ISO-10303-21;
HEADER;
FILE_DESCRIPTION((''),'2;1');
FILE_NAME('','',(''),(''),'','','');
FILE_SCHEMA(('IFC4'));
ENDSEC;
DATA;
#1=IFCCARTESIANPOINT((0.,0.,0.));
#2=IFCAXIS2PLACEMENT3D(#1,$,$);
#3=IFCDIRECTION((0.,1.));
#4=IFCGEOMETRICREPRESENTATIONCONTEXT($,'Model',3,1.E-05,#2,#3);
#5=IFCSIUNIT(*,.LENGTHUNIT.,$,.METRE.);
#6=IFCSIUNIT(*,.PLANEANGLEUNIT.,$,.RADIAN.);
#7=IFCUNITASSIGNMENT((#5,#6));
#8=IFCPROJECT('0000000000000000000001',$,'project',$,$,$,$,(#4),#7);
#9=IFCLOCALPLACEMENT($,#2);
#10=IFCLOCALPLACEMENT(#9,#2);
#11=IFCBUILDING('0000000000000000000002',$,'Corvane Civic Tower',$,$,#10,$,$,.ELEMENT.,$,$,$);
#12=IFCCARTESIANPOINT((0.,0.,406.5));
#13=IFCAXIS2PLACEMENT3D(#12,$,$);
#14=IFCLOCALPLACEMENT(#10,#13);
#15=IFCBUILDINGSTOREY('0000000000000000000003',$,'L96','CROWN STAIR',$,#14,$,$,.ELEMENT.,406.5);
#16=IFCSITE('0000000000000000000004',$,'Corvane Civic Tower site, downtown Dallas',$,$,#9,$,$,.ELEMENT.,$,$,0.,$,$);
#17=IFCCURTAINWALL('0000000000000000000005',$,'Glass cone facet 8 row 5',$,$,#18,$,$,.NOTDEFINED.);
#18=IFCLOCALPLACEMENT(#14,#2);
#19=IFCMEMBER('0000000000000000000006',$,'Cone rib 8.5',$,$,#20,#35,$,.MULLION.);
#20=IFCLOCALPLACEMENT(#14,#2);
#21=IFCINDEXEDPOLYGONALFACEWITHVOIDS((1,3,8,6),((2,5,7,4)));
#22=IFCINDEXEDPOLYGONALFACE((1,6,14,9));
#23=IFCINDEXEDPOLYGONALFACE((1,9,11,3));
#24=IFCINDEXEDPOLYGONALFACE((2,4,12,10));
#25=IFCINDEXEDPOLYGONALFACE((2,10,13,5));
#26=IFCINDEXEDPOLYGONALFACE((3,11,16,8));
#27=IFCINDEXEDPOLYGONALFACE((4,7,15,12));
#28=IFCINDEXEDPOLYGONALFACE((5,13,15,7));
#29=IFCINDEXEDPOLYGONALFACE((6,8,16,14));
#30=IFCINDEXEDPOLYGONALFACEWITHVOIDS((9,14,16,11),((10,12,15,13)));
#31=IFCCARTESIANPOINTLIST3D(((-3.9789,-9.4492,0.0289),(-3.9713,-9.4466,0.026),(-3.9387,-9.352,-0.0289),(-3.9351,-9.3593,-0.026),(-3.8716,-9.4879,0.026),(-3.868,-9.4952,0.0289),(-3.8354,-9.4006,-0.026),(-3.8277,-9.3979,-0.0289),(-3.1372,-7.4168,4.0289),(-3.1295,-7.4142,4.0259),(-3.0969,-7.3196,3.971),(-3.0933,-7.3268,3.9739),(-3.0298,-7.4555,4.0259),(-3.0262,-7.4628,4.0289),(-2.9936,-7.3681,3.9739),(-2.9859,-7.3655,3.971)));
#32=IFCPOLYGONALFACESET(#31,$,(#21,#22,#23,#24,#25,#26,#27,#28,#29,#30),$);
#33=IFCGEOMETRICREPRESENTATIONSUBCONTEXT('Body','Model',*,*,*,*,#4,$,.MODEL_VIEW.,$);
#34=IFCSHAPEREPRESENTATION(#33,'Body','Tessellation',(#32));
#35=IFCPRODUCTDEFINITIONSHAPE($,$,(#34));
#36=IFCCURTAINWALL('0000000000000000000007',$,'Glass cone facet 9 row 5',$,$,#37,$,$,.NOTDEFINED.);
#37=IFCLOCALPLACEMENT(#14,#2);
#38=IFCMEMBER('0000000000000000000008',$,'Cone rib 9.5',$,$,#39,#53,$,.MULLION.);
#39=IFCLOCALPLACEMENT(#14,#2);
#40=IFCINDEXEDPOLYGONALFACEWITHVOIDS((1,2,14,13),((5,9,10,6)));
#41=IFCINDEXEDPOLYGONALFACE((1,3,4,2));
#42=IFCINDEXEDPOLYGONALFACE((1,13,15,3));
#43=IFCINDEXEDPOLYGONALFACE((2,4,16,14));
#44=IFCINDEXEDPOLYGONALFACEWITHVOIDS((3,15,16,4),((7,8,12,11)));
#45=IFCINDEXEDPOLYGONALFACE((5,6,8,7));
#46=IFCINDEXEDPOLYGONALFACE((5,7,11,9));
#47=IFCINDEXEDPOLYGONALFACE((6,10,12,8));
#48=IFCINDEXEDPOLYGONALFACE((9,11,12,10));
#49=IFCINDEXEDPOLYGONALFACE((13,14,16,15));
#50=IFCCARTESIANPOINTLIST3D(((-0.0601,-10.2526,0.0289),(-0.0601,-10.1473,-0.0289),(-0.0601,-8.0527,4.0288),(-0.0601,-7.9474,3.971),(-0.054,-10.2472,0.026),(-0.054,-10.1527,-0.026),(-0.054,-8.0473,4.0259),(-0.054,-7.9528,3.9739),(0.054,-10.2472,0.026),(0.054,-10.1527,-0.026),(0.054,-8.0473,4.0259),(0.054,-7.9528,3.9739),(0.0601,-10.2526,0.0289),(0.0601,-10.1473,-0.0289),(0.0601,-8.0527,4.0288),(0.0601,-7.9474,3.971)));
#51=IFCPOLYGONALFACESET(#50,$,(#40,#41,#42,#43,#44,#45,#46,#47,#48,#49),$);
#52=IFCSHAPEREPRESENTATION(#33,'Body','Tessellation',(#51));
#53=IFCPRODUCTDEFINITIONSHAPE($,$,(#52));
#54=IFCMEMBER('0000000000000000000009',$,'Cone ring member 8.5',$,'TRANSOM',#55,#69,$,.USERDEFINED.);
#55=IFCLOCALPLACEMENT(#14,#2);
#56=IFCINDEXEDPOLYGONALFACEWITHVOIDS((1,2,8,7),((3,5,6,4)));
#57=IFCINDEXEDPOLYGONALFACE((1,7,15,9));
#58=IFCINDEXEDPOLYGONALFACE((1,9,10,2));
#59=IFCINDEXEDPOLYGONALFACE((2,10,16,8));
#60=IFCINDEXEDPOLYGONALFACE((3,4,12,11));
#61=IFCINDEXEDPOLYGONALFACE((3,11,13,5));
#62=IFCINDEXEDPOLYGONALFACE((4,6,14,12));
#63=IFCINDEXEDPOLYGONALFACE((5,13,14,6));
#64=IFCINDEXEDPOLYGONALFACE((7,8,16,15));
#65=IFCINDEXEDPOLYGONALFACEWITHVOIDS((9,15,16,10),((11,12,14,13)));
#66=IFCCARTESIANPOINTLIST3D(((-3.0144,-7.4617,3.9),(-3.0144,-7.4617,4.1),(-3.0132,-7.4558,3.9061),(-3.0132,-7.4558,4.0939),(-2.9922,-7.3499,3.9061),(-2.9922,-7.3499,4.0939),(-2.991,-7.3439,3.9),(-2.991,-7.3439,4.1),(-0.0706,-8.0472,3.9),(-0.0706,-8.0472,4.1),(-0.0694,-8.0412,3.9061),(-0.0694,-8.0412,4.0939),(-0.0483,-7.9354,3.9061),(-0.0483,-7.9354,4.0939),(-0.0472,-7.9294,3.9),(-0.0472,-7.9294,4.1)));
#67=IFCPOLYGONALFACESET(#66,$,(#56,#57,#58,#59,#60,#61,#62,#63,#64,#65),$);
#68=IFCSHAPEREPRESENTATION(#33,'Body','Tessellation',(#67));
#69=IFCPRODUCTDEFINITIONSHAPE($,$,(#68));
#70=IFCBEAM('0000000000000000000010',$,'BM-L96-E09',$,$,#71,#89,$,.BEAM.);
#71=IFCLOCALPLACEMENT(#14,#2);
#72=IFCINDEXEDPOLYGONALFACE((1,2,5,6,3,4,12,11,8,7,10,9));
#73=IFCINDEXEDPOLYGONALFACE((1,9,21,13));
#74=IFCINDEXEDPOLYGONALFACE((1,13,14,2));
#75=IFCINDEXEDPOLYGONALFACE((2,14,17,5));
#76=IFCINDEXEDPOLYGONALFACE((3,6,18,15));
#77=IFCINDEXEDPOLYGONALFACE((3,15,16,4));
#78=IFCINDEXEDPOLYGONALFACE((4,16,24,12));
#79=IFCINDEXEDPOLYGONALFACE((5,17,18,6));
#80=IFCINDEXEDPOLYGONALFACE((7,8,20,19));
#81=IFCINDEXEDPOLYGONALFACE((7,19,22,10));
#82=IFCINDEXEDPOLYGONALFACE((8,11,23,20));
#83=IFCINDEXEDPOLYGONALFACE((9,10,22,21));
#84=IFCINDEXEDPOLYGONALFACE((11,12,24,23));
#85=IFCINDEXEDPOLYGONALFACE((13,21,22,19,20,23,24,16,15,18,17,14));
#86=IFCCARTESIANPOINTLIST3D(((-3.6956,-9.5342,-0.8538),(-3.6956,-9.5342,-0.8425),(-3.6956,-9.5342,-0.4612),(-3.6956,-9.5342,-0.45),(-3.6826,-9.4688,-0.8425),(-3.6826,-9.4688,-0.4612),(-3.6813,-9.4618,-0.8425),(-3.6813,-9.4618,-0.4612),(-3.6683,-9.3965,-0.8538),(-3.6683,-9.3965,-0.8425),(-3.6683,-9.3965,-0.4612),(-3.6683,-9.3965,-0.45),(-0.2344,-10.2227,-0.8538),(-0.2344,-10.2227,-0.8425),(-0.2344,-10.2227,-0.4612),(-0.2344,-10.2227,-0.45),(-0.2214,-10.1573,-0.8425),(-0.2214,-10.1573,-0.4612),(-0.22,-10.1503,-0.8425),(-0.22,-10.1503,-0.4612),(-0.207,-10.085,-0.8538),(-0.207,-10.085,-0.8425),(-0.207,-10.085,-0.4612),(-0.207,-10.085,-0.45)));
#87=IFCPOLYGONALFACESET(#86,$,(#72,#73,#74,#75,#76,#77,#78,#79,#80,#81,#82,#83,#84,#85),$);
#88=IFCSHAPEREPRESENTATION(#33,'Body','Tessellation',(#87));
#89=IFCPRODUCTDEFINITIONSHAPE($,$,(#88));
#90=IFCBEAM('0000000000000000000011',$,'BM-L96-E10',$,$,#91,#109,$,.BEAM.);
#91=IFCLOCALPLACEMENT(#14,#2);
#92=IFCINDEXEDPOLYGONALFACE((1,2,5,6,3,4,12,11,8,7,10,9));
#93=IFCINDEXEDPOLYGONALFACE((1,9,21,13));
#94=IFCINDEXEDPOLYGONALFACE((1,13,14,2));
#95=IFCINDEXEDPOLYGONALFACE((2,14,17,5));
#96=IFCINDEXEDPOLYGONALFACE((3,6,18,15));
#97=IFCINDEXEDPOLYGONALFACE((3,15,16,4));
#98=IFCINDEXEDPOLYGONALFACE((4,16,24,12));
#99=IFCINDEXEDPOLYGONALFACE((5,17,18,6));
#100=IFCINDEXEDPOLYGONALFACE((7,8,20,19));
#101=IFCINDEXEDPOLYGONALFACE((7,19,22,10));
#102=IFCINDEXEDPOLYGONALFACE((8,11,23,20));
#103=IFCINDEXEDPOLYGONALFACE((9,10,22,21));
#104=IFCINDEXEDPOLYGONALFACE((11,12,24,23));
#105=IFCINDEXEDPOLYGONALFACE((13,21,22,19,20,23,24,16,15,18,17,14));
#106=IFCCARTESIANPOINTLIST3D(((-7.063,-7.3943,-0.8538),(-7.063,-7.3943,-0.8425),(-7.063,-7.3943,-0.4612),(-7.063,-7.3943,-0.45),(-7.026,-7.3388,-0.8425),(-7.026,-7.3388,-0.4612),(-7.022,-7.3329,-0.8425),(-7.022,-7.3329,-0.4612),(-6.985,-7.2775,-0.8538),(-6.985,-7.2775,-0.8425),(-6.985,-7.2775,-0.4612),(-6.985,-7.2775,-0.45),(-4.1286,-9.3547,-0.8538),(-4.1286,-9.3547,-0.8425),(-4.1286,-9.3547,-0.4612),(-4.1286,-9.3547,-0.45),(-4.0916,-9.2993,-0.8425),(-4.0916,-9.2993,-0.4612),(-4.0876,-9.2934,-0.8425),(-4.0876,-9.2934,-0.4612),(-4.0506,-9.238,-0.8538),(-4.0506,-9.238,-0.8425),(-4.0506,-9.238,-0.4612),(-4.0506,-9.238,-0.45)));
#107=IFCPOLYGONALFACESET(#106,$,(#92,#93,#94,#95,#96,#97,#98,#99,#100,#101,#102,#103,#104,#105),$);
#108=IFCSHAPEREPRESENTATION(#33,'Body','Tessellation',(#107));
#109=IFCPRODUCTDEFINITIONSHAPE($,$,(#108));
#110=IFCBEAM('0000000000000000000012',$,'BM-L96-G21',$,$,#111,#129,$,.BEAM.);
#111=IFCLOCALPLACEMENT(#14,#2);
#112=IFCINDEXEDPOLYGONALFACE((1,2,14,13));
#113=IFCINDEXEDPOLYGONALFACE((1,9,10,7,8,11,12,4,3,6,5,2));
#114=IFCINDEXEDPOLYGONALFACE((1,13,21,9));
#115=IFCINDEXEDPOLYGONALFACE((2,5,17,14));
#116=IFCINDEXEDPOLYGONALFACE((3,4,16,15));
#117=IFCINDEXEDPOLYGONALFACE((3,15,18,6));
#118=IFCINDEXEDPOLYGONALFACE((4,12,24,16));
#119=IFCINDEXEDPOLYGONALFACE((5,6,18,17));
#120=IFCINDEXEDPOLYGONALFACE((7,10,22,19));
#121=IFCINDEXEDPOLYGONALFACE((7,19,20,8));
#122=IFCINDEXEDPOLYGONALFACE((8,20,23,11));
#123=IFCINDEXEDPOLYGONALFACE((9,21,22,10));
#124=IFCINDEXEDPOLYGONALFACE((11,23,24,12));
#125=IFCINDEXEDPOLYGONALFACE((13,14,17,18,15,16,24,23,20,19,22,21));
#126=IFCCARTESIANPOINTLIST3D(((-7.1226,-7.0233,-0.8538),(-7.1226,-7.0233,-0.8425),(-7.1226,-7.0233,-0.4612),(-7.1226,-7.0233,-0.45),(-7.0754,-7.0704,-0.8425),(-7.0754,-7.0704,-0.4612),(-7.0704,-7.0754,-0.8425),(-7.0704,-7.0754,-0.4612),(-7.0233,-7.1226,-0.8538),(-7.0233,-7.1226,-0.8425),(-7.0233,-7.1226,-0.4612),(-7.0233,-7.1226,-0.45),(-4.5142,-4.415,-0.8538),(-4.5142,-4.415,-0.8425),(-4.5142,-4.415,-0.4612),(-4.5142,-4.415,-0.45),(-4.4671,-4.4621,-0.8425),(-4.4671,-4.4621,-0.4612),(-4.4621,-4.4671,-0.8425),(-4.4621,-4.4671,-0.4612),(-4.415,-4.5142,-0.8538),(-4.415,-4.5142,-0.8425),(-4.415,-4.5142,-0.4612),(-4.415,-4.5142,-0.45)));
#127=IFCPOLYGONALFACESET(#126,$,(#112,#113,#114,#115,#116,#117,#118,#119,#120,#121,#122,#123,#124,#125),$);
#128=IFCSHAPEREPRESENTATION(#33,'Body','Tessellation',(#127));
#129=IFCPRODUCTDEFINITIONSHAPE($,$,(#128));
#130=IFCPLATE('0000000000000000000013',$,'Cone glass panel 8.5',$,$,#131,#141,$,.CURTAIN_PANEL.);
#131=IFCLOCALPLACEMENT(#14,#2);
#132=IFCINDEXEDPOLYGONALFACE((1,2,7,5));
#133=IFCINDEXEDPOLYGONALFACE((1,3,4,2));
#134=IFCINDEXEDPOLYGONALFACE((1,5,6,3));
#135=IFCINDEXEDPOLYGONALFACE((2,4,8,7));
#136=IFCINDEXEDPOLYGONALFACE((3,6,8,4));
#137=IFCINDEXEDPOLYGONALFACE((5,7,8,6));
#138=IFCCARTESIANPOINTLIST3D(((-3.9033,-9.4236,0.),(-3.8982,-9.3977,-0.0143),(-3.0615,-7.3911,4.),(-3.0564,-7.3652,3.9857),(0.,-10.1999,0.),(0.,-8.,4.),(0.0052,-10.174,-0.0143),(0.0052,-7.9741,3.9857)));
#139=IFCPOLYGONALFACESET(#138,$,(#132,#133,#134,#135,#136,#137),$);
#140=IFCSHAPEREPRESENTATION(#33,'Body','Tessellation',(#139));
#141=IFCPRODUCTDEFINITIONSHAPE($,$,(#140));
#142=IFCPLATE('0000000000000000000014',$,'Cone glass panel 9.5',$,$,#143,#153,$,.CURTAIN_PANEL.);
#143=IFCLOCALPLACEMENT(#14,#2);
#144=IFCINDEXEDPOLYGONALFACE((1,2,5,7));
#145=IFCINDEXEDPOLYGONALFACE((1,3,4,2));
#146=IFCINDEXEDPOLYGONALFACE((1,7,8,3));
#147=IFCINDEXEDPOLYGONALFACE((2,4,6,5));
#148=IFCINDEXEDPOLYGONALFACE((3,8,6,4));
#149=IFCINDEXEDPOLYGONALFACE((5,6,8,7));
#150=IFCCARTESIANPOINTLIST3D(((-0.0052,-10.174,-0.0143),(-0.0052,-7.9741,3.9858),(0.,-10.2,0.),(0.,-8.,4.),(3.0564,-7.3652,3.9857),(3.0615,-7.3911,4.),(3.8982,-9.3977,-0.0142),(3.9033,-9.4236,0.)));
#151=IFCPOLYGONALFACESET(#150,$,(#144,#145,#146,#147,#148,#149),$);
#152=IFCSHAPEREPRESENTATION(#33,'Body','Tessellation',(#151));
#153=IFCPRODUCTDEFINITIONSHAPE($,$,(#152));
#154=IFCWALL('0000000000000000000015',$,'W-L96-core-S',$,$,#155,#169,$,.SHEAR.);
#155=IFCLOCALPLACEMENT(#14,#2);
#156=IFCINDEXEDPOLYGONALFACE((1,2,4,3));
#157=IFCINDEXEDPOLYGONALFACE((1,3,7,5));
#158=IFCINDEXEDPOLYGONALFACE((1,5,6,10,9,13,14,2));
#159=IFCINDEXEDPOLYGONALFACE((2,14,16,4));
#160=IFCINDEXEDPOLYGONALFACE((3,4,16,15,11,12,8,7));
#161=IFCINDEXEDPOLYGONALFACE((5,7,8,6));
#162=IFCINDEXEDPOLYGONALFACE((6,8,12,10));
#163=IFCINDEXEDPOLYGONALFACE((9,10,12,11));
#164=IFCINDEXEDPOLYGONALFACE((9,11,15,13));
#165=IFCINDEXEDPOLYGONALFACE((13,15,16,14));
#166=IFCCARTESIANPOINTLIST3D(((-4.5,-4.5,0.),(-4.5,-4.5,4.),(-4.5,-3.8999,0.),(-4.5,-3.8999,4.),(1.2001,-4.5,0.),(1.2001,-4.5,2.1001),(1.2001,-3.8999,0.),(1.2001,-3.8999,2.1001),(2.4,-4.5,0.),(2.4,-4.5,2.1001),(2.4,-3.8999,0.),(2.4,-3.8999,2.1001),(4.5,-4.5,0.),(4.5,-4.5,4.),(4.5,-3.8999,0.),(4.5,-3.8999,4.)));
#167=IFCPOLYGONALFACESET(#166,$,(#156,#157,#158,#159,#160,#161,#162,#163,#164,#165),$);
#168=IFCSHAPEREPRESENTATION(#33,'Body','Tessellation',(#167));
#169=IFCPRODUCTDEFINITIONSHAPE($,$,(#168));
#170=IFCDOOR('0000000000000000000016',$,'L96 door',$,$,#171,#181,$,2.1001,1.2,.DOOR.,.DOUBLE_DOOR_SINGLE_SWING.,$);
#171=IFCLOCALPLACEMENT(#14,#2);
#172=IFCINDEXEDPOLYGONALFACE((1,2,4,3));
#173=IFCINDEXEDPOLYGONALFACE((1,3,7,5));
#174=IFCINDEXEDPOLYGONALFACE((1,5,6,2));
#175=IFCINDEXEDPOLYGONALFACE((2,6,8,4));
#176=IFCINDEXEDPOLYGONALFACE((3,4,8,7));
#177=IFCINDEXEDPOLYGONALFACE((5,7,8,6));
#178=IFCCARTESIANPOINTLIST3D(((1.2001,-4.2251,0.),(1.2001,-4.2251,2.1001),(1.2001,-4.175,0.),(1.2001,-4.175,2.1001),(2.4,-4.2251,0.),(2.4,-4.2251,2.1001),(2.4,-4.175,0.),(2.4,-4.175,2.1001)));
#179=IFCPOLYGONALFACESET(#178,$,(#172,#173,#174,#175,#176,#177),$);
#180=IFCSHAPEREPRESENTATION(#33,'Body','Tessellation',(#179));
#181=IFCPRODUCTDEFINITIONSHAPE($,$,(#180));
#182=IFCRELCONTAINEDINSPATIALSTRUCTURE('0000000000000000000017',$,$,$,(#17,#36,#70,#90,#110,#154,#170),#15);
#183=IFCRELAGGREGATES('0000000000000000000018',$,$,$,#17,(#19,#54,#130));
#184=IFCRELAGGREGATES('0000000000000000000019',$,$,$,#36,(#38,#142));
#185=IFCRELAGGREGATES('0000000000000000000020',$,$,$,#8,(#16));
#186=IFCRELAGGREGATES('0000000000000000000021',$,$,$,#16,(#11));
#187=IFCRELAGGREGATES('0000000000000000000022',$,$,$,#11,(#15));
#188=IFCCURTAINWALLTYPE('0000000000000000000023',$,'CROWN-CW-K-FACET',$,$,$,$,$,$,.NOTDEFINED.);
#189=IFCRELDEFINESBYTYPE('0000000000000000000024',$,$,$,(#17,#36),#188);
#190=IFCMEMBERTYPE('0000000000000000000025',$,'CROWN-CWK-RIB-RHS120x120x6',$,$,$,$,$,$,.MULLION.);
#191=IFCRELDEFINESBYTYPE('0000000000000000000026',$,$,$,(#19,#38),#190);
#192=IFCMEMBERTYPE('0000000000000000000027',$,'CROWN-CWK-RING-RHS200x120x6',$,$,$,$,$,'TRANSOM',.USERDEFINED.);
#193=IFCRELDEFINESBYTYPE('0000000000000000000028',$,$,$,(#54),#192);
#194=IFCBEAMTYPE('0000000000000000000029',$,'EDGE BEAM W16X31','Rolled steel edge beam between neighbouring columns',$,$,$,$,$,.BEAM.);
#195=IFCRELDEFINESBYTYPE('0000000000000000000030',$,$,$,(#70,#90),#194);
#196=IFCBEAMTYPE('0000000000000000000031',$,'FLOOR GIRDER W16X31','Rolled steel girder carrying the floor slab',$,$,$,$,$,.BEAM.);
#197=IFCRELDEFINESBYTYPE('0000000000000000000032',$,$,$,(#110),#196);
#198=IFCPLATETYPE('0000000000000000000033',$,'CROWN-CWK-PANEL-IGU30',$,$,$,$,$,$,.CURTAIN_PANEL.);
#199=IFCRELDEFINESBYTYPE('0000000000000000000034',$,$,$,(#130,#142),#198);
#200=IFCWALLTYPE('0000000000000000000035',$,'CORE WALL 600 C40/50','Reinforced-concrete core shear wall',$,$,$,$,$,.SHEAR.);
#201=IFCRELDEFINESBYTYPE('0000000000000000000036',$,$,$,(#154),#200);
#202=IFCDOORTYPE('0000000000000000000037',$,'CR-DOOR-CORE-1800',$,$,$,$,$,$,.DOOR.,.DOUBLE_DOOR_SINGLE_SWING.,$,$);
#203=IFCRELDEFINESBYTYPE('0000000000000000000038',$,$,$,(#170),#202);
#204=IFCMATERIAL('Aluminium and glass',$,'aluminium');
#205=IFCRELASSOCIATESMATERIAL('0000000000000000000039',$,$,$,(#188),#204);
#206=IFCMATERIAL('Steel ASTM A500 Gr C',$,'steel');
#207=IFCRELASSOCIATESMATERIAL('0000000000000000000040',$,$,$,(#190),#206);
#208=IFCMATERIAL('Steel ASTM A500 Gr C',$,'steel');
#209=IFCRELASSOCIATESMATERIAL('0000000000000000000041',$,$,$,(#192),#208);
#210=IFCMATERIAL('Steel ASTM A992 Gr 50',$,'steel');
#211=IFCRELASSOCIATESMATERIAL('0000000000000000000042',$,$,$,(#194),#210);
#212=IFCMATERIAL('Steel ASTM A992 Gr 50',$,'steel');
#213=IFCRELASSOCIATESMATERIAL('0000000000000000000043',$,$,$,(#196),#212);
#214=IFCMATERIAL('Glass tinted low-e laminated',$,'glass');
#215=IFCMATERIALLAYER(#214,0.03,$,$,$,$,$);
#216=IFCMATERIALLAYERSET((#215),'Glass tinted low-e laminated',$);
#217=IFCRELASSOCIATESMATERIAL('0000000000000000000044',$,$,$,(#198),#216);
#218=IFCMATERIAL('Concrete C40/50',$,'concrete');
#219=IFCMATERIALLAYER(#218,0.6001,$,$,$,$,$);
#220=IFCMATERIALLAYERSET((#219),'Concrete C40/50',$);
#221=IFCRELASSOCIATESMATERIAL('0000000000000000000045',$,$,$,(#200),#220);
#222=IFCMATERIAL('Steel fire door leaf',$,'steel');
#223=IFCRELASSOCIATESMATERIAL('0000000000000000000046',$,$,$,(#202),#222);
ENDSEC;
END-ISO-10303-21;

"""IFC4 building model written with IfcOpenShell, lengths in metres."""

from ifc_helpers import new_model, si_unit, direction, frame, frame_2d, origin, origin_2d, place, context, subcontext, project, spatial, polyline, rectangle, hollow_rectangle, i_section, outline, extrude, material, layer, layer_set, material_profile, profile_set, type_object, element, fill, aggregate, save


model = new_model("IFC4")

# Units and contexts
model_context = context("Model", 3, precision=1e-05, world=origin(), true_north=direction((0.0, 1.0)))
body_context = subcontext(model_context, "Body", "Model", "MODEL_VIEW")
ifc_project = project(units=[si_unit("LENGTHUNIT", "METRE"), si_unit("PLANEANGLEUNIT", "RADIAN")], contexts=[model_context])

# Site, building, storey
site_placement = place(None, origin())
site = spatial("IfcSite", under=ifc_project, at=site_placement, Name="Corvane Civic Tower site, downtown Dallas", CompositionType="ELEMENT", RefElevation=0.0)
building_placement = place(site_placement, origin())
building = spatial("IfcBuilding", under=site, at=building_placement, Name="Corvane Civic Tower", CompositionType="ELEMENT")
storey_placement = place(building_placement, frame((0.0, 0.0, 406.5)))
storey = spatial("IfcBuildingStorey", under=building, at=storey_placement, Name="L96", Description="CROWN STAIR", CompositionType="ELEMENT", Elevation=406.5)

# Shared definitions
ifc_material_1 = material(Name="Aluminium and glass", Category="aluminium")
curtain_wall_type = type_object("IfcCurtainWallType", Name="CROWN-CW-K-FACET", PredefinedType="NOTDEFINED", material=ifc_material_1)

# Curtain wall, member
curtain_wall_1_placement = place(storey_placement, origin())
curtain_wall_1 = element("IfcCurtainWall", 1, at=curtain_wall_1_placement, inside=storey, type_object=curtain_wall_type, Name="Glass cone facet 8 row 5", PredefinedType="NOTDEFINED")
ifc_material_2 = material(Name="Steel ASTM A500 Gr C", Category="steel")
ifc_material_profile_1 = material_profile(ifc_material_2, hollow_rectangle(XDim=0.1201, YDim=0.1201, WallThickness=0.0061, at=origin_2d()), Name="RHS 120x120x6")
ifc_profile_set_1 = profile_set([ifc_material_profile_1], Name="Steel ASTM A500 Gr C")
member_type_1 = type_object("IfcMemberType", Name="CROWN-CWK-RIB-RHS120x120x6", PredefinedType="MULLION", material=ifc_profile_set_1)
member_1_placement = place(storey_placement, frame((-3.9033, -9.4236, 0.0), z_axis=(0.184401, 0.445226, 0.876225), x_axis=(-0.923892, 0.382652, 0.0)))
member_1 = element("IfcMember", 2, at=member_1_placement, type_object=member_type_1, Name="Cone rib 8.5", PredefinedType="MULLION", context=body_context, shape_type="SweptSolid", body=[
    extrude(hollow_rectangle(XDim=0.1201, YDim=0.1201, WallThickness=0.0061, at=origin_2d()), origin(), (0.0, 0.0, 1.0), 4.5649),
])

# Curtain wall, member
curtain_wall_2_placement = place(storey_placement, origin())
curtain_wall_2 = element("IfcCurtainWall", 3, at=curtain_wall_2_placement, inside=storey, type_object=curtain_wall_type, Name="Glass cone facet 9 row 5", PredefinedType="NOTDEFINED")
member_2_placement = place(storey_placement, frame((0.0, -10.2, 0.0), z_axis=(0.0, 0.481911, 0.87622), x_axis=(-1.0, 0.0, 0.0)))
member_2 = element("IfcMember", 4, at=member_2_placement, type_object=member_type_1, Name="Cone rib 9.5", PredefinedType="MULLION", context=body_context, shape_type="SweptSolid", body=[
    extrude(hollow_rectangle(XDim=0.1201, YDim=0.1201, WallThickness=0.0061, at=origin_2d()), origin(), (0.0, 0.0, 1.0), 4.5649),
])

# Member
ifc_material_3 = material(Name="Steel ASTM A500 Gr C", Category="steel")
ifc_material_profile_2 = material_profile(ifc_material_3, hollow_rectangle(XDim=0.1201, YDim=0.2, WallThickness=0.0061, at=origin_2d()), Name="RHS 200x120x6")
ifc_profile_set_2 = profile_set([ifc_material_profile_2], Name="Steel ASTM A500 Gr C")
member_type_2 = type_object("IfcMemberType", Name="CROWN-CWK-RING-RHS200x120x6", ElementType="TRANSOM", PredefinedType="USERDEFINED", material=ifc_profile_set_2)
member_3_placement = place(storey_placement, frame((-3.0027, -7.4028, 4.0), z_axis=(0.980793, -0.195052, 0.0), x_axis=(0.195052, 0.980793, 0.0)))
member_3 = element("IfcMember", 5, at=member_3_placement, type_object=member_type_2, Name="Cone ring member 8.5", ObjectType="TRANSOM", PredefinedType="USERDEFINED", context=body_context, shape_type="SweptSolid", body=[
    extrude(hollow_rectangle(XDim=0.1201, YDim=0.2, WallThickness=0.0061, at=origin_2d()), origin(), (0.0, 0.0, 1.0), 3.0015),
])

# Beams
ifc_material_4 = material(Name="Steel ASTM A992 Gr 50", Category="steel")
ifc_material_profile_3 = material_profile(ifc_material_4, i_section(OverallWidth=0.1404, OverallDepth=0.4038, WebThickness=0.0071, FlangeThickness=0.0112, at=origin_2d()), Name="W16X31")
ifc_profile_set_3 = profile_set([ifc_material_profile_3], Name="Steel ASTM A992 Gr 50")
beam_type_1 = type_object("IfcBeamType", Name="EDGE BEAM W16X31", Description="Rolled steel edge beam between neighbouring columns", PredefinedType="BEAM", material=ifc_profile_set_3)
for number, where, z_axis, x_axis, name in (
    (6, (-0.2207, -10.1538, -0.6519), (-0.980785, 0.195092, 0.0), (-0.195092, -0.980785, 0.0), "BM-L96-E09"),
    (7, (-4.0896, -9.2964, -0.6519), (-0.831496, 0.55553, 0.0), (-0.55553, -0.831496, 0.0), "BM-L96-E10"),
):
    element("IfcBeam", number, at=place(storey_placement, frame(where, z_axis=z_axis, x_axis=x_axis)), inside=storey, type_object=beam_type_1, Name=name, PredefinedType="BEAM", context=body_context, shape_type="SweptSolid", body=[
        extrude(i_section(OverallWidth=0.1404, OverallDepth=0.4038, WebThickness=0.0071, FlangeThickness=0.0112, at=origin_2d()), origin(), (0.0, 0.0, 1.0), 3.5291),
    ])
ifc_material_5 = material(Name="Steel ASTM A992 Gr 50", Category="steel")
ifc_material_profile_4 = material_profile(ifc_material_5, i_section(OverallWidth=0.1404, OverallDepth=0.4038, WebThickness=0.0071, FlangeThickness=0.0112, at=origin_2d()), Name="W16X31")
ifc_profile_set_4 = profile_set([ifc_material_profile_4], Name="Steel ASTM A992 Gr 50")
beam_type_2 = type_object("IfcBeamType", Name="FLOOR GIRDER W16X31", Description="Rolled steel girder carrying the floor slab", PredefinedType="BEAM", material=ifc_profile_set_4)
beam_1_placement = place(storey_placement, frame((-4.4646, -4.4646, -0.6519), z_axis=(-0.707107, -0.707107, 0.0), x_axis=(0.707107, -0.707107, 0.0)))
element("IfcBeam", 8, at=beam_1_placement, inside=storey, type_object=beam_type_2, Name="BM-L96-G21", PredefinedType="BEAM", context=body_context, shape_type="SweptSolid", body=[
    extrude(i_section(OverallWidth=0.1404, OverallDepth=0.4038, WebThickness=0.0071, FlangeThickness=0.0112, at=origin_2d()), origin(), (0.0, 0.0, 1.0), 3.6887),
])

# Plates
ifc_material_6 = material(Name="Glass tinted low-e laminated", Category="glass")
ifc_layer_1 = layer(ifc_material_6, 0.03)
ifc_layer_set_1 = layer_set([ifc_layer_1], Name="Glass tinted low-e laminated")
plate_type = type_object("IfcPlateType", Name="CROWN-CWK-PANEL-IGU30", PredefinedType="CURTAIN_PANEL", material=ifc_layer_set_1)
plate_1_placement = place(storey_placement, frame((-3.9033, -9.4236, 0.0), z_axis=(-0.171686, -0.863212, 0.474751), x_axis=(0.980789, -0.195073, -0.000003)))
plate_1 = element("IfcPlate", 9, at=plate_1_placement, type_object=plate_type, Name="Cone glass panel 8.5", PredefinedType="CURTAIN_PANEL", context=body_context, shape_type="SweptSolid", body=[
    extrude(outline(polyline([(0.0, 0.0), (3.9798, 0.0), (3.5506, 4.5448), (0.4291, 4.5448), (0.0, 0.0)])), origin(), (0.0, 0.0, -1.0), 0.03),
])
aggregate(curtain_wall_1, [member_1, member_3, plate_1])
plate_2_placement = place(storey_placement, frame((0.0, -10.2, 0.0), z_axis=(0.171686, -0.863212, 0.474751), x_axis=(0.980789, 0.195073, 0.000003)))
plate_2 = element("IfcPlate", 10, at=plate_2_placement, type_object=plate_type, Name="Cone glass panel 9.5", PredefinedType="CURTAIN_PANEL", context=body_context, shape_type="SweptSolid", body=[
    extrude(outline(polyline([(0.0, 0.0), (3.9798, 0.0), (3.5506, 4.5448), (0.4292, 4.5448), (0.0, 0.0)])), origin(), (0.0, 0.0, -1.0), 0.03),
])
aggregate(curtain_wall_2, [member_2, plate_2])

# Wall, opening, door
ifc_material_7 = material(Name="Concrete C40/50", Category="concrete")
ifc_layer_2 = layer(ifc_material_7, 0.6001)
ifc_layer_set_2 = layer_set([ifc_layer_2], Name="Concrete C40/50")
wall_type_1 = type_object("IfcWallType", Name="CORE WALL 600 C40/50", Description="Reinforced-concrete core shear wall", PredefinedType="SHEAR", material=ifc_layer_set_2)
wall_1_placement = place(storey_placement, frame((-4.5, -4.2, 0.0), z_axis=(0.0, 0.0, 1.0), x_axis=(1.0, 0.0, 0.0)))
wall_1 = element("IfcWall", 11, at=wall_1_placement, inside=storey, type_object=wall_type_1, Name="W-L96-core-S", PredefinedType="SHEAR", context=body_context, shape_type="SweptSolid", body=[
    extrude(rectangle(XDim=9.0, YDim=0.6001, at=frame_2d((4.5, 0.0))), origin(), (0.0, 0.0, 1.0), 4.0),
])
opening_1_placement = place(wall_1_placement, frame((5.7, 0.0, 0.0)))
opening_1 = element("IfcOpeningElement", 12, at=opening_1_placement, cuts=wall_1, PredefinedType="OPENING", context=body_context, shape_type="SweptSolid", body=[
    extrude(rectangle(XDim=1.2, YDim=2.1001, at=frame_2d((0.6001, 1.05))), frame((0.0, 0.3101, 0.0), z_axis=(0.0, -1.0, 0.0), x_axis=(1.0, 0.0, 0.0)), (0.0, 0.0, 1.0), 0.6201),
])
ifc_material_8 = material(Name="Steel fire door leaf", Category="steel")
door_type_1 = type_object("IfcDoorType", Name="CR-DOOR-CORE-1800", OperationType="DOUBLE_DOOR_SINGLE_SWING", PredefinedType="DOOR", material=ifc_material_8)
door_1_placement = place(opening_1_placement, origin())
door_1 = element("IfcDoor", 13, at=door_1_placement, inside=storey, type_object=door_type_1, Name="L96 door", OperationType="DOUBLE_DOOR_SINGLE_SWING", OverallHeight=2.1001, OverallWidth=1.2, PredefinedType="DOOR", context=body_context, shape_type="SweptSolid", body=[
    extrude(rectangle(XDim=1.2, YDim=2.1001, at=frame_2d((0.6001, 1.05))), frame((0.0, 0.0249, 0.0), z_axis=(0.0, -1.0, 0.0), x_axis=(1.0, 0.0, 0.0)), (0.0, 0.0, 1.0), 0.05),
])
fill(opening_1, door_1)

save(model, "model.ifc")
